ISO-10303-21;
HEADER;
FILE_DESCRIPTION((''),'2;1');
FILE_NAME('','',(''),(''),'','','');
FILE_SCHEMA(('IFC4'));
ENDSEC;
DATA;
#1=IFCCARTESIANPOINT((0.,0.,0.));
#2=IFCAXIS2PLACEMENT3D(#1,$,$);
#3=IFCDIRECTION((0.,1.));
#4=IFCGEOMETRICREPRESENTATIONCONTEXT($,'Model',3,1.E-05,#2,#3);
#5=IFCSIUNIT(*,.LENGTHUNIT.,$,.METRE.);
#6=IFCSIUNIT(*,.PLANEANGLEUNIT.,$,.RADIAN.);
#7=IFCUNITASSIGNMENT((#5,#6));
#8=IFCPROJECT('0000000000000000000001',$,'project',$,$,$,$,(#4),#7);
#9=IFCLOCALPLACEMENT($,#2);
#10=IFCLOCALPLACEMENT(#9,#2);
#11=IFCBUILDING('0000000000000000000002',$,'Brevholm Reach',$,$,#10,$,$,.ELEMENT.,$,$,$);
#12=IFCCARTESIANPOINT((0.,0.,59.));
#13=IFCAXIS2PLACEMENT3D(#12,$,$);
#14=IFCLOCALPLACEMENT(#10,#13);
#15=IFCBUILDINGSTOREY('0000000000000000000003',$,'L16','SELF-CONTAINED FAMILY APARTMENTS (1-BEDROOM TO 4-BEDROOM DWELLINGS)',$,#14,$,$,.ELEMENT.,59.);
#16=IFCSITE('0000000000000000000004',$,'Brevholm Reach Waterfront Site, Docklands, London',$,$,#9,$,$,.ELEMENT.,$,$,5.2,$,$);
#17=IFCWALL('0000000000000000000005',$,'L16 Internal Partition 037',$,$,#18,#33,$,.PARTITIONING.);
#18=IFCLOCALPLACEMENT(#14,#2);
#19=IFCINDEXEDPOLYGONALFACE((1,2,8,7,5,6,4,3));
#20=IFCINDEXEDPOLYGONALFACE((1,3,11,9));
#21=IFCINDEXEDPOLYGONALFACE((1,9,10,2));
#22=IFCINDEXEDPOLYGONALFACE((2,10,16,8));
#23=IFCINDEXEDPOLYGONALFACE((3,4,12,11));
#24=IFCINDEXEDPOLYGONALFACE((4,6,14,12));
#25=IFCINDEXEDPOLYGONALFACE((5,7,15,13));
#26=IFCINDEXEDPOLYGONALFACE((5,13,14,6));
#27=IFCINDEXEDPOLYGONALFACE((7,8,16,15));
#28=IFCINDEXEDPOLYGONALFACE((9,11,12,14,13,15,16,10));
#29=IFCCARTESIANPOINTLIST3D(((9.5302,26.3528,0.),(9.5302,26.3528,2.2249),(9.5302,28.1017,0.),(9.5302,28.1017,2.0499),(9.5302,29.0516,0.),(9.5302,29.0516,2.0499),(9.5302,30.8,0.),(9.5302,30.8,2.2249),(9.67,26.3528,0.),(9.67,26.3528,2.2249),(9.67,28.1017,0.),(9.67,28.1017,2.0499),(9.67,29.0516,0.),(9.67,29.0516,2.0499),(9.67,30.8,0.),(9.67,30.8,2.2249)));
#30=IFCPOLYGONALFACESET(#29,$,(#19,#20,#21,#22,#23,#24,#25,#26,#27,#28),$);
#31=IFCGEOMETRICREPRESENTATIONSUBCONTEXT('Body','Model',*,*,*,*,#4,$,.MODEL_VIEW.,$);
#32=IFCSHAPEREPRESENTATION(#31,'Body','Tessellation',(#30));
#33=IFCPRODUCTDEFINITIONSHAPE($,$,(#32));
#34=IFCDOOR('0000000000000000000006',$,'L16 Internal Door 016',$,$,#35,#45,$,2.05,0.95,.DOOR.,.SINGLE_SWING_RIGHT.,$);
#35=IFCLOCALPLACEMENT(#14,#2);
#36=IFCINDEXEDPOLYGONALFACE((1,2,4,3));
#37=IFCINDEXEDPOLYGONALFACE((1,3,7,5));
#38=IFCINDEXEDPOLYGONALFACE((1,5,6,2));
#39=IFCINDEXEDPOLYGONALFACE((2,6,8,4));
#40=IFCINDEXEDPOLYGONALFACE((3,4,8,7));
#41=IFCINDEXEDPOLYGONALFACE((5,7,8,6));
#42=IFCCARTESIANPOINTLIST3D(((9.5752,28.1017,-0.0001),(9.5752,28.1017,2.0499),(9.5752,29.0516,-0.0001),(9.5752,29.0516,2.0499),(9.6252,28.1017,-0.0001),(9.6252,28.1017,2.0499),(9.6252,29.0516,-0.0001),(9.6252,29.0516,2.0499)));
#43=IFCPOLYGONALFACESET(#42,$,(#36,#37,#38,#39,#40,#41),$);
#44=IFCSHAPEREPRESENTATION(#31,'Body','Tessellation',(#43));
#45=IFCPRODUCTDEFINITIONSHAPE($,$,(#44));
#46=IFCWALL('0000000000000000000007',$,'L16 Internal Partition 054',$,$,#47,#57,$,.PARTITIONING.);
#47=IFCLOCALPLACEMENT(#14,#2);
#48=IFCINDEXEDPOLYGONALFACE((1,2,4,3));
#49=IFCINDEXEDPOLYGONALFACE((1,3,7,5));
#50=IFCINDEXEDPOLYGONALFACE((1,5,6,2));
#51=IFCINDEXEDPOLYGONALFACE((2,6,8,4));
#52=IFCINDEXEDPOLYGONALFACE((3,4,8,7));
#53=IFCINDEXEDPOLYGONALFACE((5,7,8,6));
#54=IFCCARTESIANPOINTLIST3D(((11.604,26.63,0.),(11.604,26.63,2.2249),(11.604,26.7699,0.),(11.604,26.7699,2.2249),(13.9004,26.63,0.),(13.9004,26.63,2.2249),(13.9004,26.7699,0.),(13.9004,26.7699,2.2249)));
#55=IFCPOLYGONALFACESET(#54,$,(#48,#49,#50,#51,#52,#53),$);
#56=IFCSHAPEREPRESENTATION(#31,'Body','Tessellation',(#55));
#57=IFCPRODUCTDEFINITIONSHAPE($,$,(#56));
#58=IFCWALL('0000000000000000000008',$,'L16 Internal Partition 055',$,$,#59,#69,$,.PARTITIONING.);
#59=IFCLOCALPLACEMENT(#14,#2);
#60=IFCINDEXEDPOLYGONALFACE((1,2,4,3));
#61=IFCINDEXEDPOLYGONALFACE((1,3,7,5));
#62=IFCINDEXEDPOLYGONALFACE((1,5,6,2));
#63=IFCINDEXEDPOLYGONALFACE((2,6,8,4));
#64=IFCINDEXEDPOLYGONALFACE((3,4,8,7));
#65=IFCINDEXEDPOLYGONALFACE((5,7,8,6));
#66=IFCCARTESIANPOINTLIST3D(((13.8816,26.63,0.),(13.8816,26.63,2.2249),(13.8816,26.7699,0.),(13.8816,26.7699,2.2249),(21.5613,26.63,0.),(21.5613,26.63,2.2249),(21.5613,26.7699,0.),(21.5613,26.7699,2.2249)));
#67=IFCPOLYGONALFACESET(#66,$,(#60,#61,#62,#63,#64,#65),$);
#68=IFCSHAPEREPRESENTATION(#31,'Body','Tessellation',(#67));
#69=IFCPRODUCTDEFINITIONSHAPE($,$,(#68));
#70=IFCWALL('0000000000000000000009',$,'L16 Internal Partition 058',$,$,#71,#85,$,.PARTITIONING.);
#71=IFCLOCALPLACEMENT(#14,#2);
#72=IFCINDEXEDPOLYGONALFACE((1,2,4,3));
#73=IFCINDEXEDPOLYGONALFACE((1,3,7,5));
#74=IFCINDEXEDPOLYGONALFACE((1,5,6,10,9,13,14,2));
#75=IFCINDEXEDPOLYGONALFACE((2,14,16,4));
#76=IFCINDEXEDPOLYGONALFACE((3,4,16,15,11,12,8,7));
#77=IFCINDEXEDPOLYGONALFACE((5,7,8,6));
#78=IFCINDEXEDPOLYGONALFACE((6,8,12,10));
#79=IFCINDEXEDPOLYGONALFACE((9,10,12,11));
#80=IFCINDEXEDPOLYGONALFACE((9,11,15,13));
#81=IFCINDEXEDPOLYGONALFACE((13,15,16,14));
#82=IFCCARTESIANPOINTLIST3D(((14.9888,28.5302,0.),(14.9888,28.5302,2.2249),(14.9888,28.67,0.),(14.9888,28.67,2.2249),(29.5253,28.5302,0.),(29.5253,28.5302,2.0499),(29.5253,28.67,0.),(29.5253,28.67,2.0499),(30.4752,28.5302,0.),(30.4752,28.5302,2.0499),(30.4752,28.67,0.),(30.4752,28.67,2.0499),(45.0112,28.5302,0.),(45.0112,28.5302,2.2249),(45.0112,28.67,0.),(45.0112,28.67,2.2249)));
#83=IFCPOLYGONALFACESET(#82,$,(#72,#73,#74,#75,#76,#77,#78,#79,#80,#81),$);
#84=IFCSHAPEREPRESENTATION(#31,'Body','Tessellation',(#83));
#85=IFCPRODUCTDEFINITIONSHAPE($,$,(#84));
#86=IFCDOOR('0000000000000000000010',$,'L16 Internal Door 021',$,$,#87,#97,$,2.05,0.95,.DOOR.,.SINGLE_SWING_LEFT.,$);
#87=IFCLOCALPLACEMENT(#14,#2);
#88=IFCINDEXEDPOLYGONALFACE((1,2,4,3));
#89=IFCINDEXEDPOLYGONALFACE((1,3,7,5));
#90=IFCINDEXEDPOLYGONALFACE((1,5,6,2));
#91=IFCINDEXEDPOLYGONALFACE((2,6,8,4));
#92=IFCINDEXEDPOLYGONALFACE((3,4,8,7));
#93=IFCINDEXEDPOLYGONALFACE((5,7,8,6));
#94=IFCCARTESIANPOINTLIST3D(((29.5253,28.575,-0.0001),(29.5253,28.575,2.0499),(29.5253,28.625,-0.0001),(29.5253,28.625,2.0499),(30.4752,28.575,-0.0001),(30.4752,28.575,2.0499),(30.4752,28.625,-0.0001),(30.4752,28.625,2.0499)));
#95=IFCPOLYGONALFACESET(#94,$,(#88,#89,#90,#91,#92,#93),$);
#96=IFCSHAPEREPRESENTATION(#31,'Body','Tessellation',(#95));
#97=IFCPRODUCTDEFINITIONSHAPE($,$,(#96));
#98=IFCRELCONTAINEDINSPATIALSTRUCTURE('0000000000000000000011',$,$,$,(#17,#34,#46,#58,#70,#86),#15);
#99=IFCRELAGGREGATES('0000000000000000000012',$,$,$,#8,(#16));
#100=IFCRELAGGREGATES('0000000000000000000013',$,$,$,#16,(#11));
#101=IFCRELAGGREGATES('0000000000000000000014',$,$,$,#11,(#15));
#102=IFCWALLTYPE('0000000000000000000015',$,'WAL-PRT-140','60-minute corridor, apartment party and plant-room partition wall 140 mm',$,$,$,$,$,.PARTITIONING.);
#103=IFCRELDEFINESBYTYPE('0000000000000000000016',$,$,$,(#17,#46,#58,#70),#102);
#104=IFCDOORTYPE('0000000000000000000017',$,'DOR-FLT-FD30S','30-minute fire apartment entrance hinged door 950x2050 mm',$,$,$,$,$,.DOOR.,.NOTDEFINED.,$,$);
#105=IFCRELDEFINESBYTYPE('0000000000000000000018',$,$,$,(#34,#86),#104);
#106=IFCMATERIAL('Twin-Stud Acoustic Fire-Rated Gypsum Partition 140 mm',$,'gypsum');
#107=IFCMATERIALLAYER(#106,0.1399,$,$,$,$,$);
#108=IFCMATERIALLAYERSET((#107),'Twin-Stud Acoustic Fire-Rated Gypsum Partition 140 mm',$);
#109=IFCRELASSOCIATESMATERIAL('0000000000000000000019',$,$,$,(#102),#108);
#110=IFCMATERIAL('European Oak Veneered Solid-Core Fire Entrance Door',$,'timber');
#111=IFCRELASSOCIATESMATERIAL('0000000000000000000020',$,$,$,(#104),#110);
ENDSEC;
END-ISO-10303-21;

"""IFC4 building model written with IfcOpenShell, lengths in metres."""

from ifc_helpers import new_model, si_unit, direction, frame, frame_2d, origin, place, context, subcontext, project, spatial, rectangle, extrude, material, layer, layer_set, type_object, element, fill, save


model = new_model("IFC4")

# Units and contexts
model_context = context("Model", 3, precision=1e-05, world=origin(), true_north=direction((0.0, 1.0)))
body_context = subcontext(model_context, "Body", "Model", "MODEL_VIEW")
ifc_project = project(units=[si_unit("LENGTHUNIT", "METRE"), si_unit("PLANEANGLEUNIT", "RADIAN")], contexts=[model_context])

# Site, building, storey
site_placement = place(None, origin())
site = spatial("IfcSite", under=ifc_project, at=site_placement, Name="Brevholm Reach Waterfront Site, Docklands, London", CompositionType="ELEMENT", RefElevation=5.2)
building_placement = place(site_placement, origin())
building = spatial("IfcBuilding", under=site, at=building_placement, Name="Brevholm Reach", CompositionType="ELEMENT")
storey_placement = place(building_placement, frame((0.0, 0.0, 59.0)))
storey = spatial("IfcBuildingStorey", under=building, at=storey_placement, Name="L16", Description="SELF-CONTAINED FAMILY APARTMENTS (1-BEDROOM TO 4-BEDROOM DWELLINGS)", CompositionType="ELEMENT", Elevation=59.0)

# Shared definitions
ifc_material_1 = material(Name="Twin-Stud Acoustic Fire-Rated Gypsum Partition 140 mm", Category="gypsum")
ifc_layer_1 = layer(ifc_material_1, 0.1399)
ifc_layer_set_1 = layer_set([ifc_layer_1], Name="Twin-Stud Acoustic Fire-Rated Gypsum Partition 140 mm")
wall_type_1 = type_object("IfcWallType", Name="WAL-PRT-140", Description="60-minute corridor, apartment party and plant-room partition wall 140 mm", PredefinedType="PARTITIONING", material=ifc_layer_set_1)

# Wall, opening, door
wall_1_placement = place(storey_placement, frame((9.6001, 26.3528, 0.0), z_axis=(0.0, 0.0, 1.0), x_axis=(0.0, 1.0, 0.0)))
wall_1 = element("IfcWall", 1, at=wall_1_placement, inside=storey, type_object=wall_type_1, Name="L16 Internal Partition 037", PredefinedType="PARTITIONING", context=body_context, shape_type="SweptSolid", body=[
    extrude(rectangle(XDim=4.4473, YDim=0.1399, at=frame_2d((2.2236, 0.0))), origin(), (0.0, 0.0, 1.0), 2.2249),
])
opening_1_placement = place(wall_1_placement, frame((1.7488, 0.0, 0.0)))
opening_1 = element("IfcOpeningElement", 2, at=opening_1_placement, cuts=wall_1, PredefinedType="OPENING", context=body_context, shape_type="SweptSolid", body=[
    extrude(rectangle(XDim=0.95, YDim=2.05, at=frame_2d((0.4751, 1.0249))), frame((0.0, 0.0798, 0.0), z_axis=(0.0, -1.0, 0.0), x_axis=(1.0, 0.0, 0.0)), (0.0, 0.0, 1.0), 0.1599),
])
ifc_material_2 = material(Name="European Oak Veneered Solid-Core Fire Entrance Door", Category="timber")
door_type_1 = type_object("IfcDoorType", Name="DOR-FLT-FD30S", Description="30-minute fire apartment entrance hinged door 950x2050 mm", OperationType="NOTDEFINED", PredefinedType="DOOR", material=ifc_material_2)
door_1_placement = place(opening_1_placement, origin())
door_1 = element("IfcDoor", 3, at=door_1_placement, inside=storey, type_object=door_type_1, Name="L16 Internal Door 016", OperationType="SINGLE_SWING_RIGHT", OverallHeight=2.05, OverallWidth=0.95, PredefinedType="DOOR", context=body_context, shape_type="SweptSolid", body=[
    extrude(rectangle(XDim=0.95, YDim=2.05, at=frame_2d((0.4751, 1.0249))), frame((0.0, 0.0249, 0.0), z_axis=(0.0, -1.0, 0.0), x_axis=(1.0, 0.0, 0.0)), (0.0, 0.0, 1.0), 0.05),
])
fill(opening_1, door_1)

# Walls
wall_2_placement = place(storey_placement, frame((11.604, 26.7, 0.0), z_axis=(0.0, 0.0, 1.0), x_axis=(1.0, 0.0, 0.0)))
element("IfcWall", 4, at=wall_2_placement, inside=storey, type_object=wall_type_1, Name="L16 Internal Partition 054", PredefinedType="PARTITIONING", context=body_context, shape_type="SweptSolid", body=[
    extrude(rectangle(XDim=2.2964, YDim=0.1399, at=frame_2d((1.1482, 0.0))), origin(), (0.0, 0.0, 1.0), 2.2249),
])
wall_3_placement = place(storey_placement, frame((13.8816, 26.7, 0.0), z_axis=(0.0, 0.0, 1.0), x_axis=(1.0, 0.0, 0.0)))
element("IfcWall", 5, at=wall_3_placement, inside=storey, type_object=wall_type_1, Name="L16 Internal Partition 055", PredefinedType="PARTITIONING", context=body_context, shape_type="SweptSolid", body=[
    extrude(rectangle(XDim=7.6797, YDim=0.1399, at=frame_2d((3.8398, 0.0))), origin(), (0.0, 0.0, 1.0), 2.2249),
])

# Wall, opening, door
wall_4_placement = place(storey_placement, frame((14.9888, 28.6001, 0.0), z_axis=(0.0, 0.0, 1.0), x_axis=(1.0, 0.0, 0.0)))
wall_4 = element("IfcWall", 6, at=wall_4_placement, inside=storey, type_object=wall_type_1, Name="L16 Internal Partition 058", PredefinedType="PARTITIONING", context=body_context, shape_type="SweptSolid", body=[
    extrude(rectangle(XDim=30.0225, YDim=0.1399, at=frame_2d((15.0112, 0.0))), origin(), (0.0, 0.0, 1.0), 2.2249),
])
opening_2_placement = place(wall_4_placement, frame((14.5364, 0.0, 0.0)))
opening_2 = element("IfcOpeningElement", 7, at=opening_2_placement, cuts=wall_4, PredefinedType="OPENING", context=body_context, shape_type="SweptSolid", body=[
    extrude(rectangle(XDim=0.95, YDim=2.05, at=frame_2d((0.4751, 1.0249))), frame((0.0, 0.0798, 0.0), z_axis=(0.0, -1.0, 0.0), x_axis=(1.0, 0.0, 0.0)), (0.0, 0.0, 1.0), 0.1599),
])
door_2_placement = place(opening_2_placement, origin())
door_2 = element("IfcDoor", 8, at=door_2_placement, inside=storey, type_object=door_type_1, Name="L16 Internal Door 021", OperationType="SINGLE_SWING_LEFT", OverallHeight=2.05, OverallWidth=0.95, PredefinedType="DOOR", context=body_context, shape_type="SweptSolid", body=[
    extrude(rectangle(XDim=0.95, YDim=2.05, at=frame_2d((0.4751, 1.0249))), frame((0.0, 0.0249, 0.0), z_axis=(0.0, -1.0, 0.0), x_axis=(1.0, 0.0, 0.0)), (0.0, 0.0, 1.0), 0.05),
])
fill(opening_2, door_2)

save(model, "model.ifc")
